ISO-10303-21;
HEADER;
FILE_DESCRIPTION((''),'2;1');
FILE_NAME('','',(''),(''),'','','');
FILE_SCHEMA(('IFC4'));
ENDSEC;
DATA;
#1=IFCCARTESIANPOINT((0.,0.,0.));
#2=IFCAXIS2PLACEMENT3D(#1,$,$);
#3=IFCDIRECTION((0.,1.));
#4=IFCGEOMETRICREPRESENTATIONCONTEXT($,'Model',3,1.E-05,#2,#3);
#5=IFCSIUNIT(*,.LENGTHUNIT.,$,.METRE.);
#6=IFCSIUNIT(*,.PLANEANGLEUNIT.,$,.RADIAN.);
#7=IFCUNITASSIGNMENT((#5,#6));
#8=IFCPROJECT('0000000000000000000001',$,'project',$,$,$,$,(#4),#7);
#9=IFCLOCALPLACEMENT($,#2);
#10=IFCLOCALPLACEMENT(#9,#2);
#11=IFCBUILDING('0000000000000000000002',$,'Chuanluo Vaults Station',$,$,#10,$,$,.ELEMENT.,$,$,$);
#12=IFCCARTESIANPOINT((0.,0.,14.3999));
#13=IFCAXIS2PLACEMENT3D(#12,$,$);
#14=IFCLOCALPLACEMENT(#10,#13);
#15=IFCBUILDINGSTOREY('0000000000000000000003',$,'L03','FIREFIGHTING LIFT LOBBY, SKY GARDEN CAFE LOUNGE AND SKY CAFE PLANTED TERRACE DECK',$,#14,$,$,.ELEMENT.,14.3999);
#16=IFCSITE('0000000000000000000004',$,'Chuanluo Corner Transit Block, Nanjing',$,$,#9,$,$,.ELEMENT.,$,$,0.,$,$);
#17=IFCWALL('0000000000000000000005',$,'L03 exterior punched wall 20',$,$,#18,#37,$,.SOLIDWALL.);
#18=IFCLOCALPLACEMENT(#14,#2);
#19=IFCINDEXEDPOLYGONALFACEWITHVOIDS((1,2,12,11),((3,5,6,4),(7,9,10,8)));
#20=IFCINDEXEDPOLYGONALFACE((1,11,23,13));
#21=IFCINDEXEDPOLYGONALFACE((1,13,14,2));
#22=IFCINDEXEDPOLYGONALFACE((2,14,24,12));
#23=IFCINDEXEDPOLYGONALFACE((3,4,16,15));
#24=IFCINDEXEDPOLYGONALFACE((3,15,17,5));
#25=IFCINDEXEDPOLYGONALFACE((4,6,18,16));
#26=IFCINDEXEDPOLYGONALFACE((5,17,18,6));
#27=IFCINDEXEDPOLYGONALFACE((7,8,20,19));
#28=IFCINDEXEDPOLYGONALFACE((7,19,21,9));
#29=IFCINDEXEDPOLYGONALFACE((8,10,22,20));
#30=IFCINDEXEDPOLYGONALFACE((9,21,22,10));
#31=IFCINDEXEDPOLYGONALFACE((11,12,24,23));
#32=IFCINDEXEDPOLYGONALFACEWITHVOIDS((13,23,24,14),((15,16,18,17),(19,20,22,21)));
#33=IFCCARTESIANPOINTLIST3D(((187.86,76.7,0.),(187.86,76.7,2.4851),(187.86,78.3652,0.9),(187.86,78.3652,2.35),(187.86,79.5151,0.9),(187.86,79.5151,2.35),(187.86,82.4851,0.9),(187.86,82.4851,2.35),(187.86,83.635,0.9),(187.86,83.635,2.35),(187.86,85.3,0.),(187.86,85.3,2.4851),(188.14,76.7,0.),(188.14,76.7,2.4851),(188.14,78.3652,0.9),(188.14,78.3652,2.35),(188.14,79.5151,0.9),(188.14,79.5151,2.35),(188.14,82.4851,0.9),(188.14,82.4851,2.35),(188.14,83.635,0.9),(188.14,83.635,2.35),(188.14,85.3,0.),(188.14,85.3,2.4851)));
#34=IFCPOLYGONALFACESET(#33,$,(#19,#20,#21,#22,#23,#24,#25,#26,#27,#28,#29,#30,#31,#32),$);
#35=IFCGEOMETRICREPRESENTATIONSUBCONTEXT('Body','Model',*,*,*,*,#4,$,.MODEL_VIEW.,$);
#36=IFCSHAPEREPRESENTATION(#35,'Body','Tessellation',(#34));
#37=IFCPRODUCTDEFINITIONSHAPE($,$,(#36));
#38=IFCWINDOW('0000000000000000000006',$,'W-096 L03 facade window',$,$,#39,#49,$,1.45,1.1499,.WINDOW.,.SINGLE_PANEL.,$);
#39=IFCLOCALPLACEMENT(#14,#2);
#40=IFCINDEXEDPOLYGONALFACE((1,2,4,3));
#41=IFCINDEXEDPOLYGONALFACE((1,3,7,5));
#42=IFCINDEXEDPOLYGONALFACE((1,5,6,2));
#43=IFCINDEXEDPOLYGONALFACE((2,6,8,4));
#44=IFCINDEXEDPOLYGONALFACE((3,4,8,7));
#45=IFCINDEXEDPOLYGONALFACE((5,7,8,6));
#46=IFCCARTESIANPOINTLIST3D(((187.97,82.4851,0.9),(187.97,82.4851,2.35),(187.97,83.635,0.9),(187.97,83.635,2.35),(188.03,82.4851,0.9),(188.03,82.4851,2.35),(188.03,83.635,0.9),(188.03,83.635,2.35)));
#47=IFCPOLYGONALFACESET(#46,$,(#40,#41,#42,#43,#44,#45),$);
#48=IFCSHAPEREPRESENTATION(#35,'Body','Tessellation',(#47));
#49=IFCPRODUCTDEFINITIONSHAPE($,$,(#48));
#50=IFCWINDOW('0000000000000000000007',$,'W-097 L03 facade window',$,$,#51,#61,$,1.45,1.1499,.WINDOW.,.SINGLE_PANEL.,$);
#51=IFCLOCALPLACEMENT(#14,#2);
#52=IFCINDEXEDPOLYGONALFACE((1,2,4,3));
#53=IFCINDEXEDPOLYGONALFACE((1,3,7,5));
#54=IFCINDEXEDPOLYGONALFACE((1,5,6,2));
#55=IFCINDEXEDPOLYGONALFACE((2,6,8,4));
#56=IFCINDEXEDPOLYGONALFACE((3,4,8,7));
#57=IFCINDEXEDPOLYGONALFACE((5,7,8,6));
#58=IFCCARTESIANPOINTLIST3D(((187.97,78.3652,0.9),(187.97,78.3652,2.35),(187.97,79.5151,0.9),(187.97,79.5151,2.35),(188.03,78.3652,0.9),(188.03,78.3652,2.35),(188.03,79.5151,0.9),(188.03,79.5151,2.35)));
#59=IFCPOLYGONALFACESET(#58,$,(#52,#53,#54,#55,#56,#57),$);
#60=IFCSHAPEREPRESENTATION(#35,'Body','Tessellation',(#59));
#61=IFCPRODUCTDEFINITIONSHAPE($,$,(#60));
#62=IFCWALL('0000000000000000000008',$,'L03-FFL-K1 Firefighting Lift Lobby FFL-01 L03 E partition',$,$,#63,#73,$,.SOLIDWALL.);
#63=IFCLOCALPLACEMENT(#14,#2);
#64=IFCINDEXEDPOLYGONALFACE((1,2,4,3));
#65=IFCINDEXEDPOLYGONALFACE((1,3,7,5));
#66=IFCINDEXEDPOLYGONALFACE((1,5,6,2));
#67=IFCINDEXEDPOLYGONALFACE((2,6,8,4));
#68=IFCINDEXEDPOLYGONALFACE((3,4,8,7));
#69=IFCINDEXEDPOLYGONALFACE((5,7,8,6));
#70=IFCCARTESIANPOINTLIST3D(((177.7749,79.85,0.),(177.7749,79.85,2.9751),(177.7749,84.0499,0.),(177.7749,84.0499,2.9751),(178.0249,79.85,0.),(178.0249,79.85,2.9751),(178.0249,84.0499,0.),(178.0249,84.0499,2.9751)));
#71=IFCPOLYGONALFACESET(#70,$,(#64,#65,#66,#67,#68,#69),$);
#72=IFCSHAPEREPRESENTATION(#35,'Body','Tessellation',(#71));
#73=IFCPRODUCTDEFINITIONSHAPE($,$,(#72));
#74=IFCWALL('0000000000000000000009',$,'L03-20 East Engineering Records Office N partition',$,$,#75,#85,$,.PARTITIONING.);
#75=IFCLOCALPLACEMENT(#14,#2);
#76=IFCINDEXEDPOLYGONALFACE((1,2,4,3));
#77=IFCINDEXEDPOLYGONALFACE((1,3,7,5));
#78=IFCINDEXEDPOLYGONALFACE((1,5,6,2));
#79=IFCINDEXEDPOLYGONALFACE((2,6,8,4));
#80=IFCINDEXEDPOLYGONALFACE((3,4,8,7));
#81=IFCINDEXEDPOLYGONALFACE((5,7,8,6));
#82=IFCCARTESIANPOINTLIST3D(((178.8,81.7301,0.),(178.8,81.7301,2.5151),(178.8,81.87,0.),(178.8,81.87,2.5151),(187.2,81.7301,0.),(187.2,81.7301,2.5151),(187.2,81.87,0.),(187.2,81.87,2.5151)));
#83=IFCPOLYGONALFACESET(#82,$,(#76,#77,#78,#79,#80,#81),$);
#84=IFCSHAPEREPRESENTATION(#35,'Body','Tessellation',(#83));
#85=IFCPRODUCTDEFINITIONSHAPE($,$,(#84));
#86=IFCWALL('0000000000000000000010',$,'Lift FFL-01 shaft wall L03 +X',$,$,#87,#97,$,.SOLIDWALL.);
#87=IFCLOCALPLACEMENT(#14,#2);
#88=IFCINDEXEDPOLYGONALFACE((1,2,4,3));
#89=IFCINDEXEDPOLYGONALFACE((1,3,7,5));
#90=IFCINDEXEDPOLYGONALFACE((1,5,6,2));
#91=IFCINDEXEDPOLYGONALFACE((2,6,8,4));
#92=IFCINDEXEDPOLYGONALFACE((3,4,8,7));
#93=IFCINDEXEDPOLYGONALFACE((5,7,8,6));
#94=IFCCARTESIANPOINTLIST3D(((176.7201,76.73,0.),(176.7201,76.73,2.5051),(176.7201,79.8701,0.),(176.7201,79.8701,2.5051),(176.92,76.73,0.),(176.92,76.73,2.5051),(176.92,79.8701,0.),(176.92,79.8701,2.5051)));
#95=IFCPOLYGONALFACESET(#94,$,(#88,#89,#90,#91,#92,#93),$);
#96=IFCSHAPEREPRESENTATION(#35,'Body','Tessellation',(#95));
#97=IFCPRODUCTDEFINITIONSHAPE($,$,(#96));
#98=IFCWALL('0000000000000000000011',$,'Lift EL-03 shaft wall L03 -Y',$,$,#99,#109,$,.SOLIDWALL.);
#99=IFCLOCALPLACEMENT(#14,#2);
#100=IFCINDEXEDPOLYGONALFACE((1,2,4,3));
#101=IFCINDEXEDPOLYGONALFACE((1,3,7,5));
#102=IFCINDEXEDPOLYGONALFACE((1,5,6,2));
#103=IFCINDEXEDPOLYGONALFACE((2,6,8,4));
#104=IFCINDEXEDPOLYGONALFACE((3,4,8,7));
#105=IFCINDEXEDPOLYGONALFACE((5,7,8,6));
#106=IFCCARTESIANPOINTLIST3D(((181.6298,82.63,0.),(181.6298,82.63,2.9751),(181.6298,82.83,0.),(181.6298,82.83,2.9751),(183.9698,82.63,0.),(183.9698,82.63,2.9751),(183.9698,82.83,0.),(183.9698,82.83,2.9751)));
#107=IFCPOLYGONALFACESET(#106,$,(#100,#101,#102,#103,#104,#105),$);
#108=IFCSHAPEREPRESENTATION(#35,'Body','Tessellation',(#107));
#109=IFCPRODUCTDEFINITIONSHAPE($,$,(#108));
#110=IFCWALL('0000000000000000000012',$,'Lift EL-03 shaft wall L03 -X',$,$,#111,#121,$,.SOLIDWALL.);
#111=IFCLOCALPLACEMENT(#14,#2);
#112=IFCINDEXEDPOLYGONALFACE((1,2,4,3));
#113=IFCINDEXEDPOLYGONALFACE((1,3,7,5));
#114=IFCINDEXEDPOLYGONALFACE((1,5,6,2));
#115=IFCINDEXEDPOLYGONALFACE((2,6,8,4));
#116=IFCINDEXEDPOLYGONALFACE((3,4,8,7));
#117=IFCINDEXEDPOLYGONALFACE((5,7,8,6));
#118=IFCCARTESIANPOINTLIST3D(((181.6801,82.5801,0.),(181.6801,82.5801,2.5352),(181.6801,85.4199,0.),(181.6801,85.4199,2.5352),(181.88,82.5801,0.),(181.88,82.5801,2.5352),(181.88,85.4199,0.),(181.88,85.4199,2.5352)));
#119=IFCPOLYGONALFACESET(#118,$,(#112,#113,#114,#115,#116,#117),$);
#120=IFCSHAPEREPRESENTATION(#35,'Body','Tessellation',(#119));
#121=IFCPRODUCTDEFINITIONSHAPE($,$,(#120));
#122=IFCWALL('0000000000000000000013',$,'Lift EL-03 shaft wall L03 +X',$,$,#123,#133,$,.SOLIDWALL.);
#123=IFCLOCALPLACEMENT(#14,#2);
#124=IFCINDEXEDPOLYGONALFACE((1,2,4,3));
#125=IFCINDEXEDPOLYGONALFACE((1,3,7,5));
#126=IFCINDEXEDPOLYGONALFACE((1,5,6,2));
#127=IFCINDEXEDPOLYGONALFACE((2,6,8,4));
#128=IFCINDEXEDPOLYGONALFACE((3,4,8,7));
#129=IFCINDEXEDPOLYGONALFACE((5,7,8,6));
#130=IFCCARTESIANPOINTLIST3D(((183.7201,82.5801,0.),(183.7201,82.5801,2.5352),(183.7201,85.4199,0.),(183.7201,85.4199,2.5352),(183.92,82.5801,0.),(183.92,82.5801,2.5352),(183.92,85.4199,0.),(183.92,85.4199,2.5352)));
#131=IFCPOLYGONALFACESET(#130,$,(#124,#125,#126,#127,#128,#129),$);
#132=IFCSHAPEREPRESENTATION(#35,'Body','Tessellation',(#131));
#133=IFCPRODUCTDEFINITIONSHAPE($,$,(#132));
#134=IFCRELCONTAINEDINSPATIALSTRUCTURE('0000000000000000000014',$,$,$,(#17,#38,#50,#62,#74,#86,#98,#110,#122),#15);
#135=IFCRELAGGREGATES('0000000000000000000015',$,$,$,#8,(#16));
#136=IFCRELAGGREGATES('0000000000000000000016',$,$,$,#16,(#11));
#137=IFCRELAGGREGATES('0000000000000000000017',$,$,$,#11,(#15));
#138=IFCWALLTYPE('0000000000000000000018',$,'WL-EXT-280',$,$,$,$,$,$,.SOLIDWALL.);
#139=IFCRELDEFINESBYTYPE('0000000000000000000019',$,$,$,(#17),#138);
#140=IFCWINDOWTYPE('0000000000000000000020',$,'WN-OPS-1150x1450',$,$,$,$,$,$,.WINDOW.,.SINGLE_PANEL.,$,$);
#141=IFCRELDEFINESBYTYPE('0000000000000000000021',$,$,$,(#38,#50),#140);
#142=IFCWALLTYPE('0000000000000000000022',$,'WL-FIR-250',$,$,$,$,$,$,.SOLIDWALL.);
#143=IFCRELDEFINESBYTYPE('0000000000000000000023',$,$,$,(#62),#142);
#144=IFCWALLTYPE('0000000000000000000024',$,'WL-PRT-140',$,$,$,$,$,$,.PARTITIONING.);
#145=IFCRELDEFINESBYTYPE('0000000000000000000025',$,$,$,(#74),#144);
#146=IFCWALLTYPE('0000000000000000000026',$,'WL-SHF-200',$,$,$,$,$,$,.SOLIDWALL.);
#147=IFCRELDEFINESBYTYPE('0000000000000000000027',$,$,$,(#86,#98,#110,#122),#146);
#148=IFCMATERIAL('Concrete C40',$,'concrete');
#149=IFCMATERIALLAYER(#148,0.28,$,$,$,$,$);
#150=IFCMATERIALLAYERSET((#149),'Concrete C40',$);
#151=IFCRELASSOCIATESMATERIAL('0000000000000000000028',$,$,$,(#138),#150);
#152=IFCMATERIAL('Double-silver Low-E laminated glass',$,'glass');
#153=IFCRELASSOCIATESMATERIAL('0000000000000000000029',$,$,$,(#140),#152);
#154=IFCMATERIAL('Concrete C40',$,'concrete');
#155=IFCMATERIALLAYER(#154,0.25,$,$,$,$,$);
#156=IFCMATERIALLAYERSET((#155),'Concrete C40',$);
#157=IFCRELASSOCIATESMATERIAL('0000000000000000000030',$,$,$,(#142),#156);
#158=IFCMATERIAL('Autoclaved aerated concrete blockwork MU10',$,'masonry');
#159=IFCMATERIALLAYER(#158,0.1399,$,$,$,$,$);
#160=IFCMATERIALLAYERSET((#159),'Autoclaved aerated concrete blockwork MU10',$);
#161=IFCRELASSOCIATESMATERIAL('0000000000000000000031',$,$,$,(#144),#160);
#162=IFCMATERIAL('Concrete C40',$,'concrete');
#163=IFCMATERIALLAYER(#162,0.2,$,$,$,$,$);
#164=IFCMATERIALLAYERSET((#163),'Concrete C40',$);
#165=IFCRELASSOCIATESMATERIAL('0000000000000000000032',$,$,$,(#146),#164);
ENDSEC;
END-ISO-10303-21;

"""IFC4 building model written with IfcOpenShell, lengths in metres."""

from ifc_helpers import new_model, si_unit, direction, frame, frame_2d, origin, place, context, subcontext, project, spatial, rectangle, extrude, material, layer, layer_set, type_object, element, fill, save


model = new_model("IFC4")

# Units and contexts
model_context = context("Model", 3, precision=1e-05, world=origin(), true_north=direction((0.0, 1.0)))
body_context = subcontext(model_context, "Body", "Model", "MODEL_VIEW")
ifc_project = project(units=[si_unit("LENGTHUNIT", "METRE"), si_unit("PLANEANGLEUNIT", "RADIAN")], contexts=[model_context])

# Site, building, storey
site_placement = place(None, origin())
site = spatial("IfcSite", under=ifc_project, at=site_placement, Name="Chuanluo Corner Transit Block, Nanjing", CompositionType="ELEMENT", RefElevation=0.0)
building_placement = place(site_placement, origin())
building = spatial("IfcBuilding", under=site, at=building_placement, Name="Chuanluo Vaults Station", CompositionType="ELEMENT")
storey_placement = place(building_placement, frame((0.0, 0.0, 14.3999)))
storey = spatial("IfcBuildingStorey", under=building, at=storey_placement, Name="L03", Description="FIREFIGHTING LIFT LOBBY, SKY GARDEN CAFE LOUNGE AND SKY CAFE PLANTED TERRACE DECK", CompositionType="ELEMENT", Elevation=14.3999)

# Wall, openings, windows
ifc_material_1 = material(Name="Concrete C40", Category="concrete")
ifc_layer_1 = layer(ifc_material_1, 0.28)
ifc_layer_set_1 = layer_set([ifc_layer_1], Name="Concrete C40")
wall_type_1 = type_object("IfcWallType", Name="WL-EXT-280", PredefinedType="SOLIDWALL", material=ifc_layer_set_1)
wall_1_placement = place(storey_placement, frame((188.0, 85.3, 0.0), z_axis=(0.0, 0.0, 1.0), x_axis=(0.0, -1.0, 0.0)))
wall_1 = element("IfcWall", 1, at=wall_1_placement, inside=storey, type_object=wall_type_1, Name="L03 exterior punched wall 20", PredefinedType="SOLIDWALL", context=body_context, shape_type="SweptSolid", body=[
    extrude(rectangle(XDim=8.6001, YDim=0.28, at=frame_2d((4.3, 0.0))), origin(), (0.0, 0.0, 1.0), 2.4851),
])
opening_1_placement = place(wall_1_placement, frame((1.665, 0.0, 0.8999)))
opening_1 = element("IfcOpeningElement", 2, at=opening_1_placement, cuts=wall_1, PredefinedType="OPENING", context=body_context, shape_type="SweptSolid", body=[
    extrude(rectangle(XDim=1.1499, YDim=1.45, at=frame_2d((0.575, 0.7251))), frame((0.0, 0.1501, 0.0), z_axis=(0.0, -1.0, 0.0), x_axis=(1.0, 0.0, 0.0)), (0.0, 0.0, 1.0), 0.3),
])
opening_2_placement = place(wall_1_placement, frame((5.7849, 0.0, 0.8999)))
opening_2 = element("IfcOpeningElement", 3, at=opening_2_placement, cuts=wall_1, PredefinedType="OPENING", context=body_context, shape_type="SweptSolid", body=[
    extrude(rectangle(XDim=1.1499, YDim=1.45, at=frame_2d((0.575, 0.7251))), frame((0.0, 0.1501, 0.0), z_axis=(0.0, -1.0, 0.0), x_axis=(1.0, 0.0, 0.0)), (0.0, 0.0, 1.0), 0.3),
])
ifc_material_2 = material(Name="Double-silver Low-E laminated glass", Category="glass")
window_type = type_object("IfcWindowType", Name="WN-OPS-1150x1450", PartitioningType="SINGLE_PANEL", PredefinedType="WINDOW", material=ifc_material_2)
window_1_placement = place(opening_1_placement, origin())
window_1 = element("IfcWindow", 4, at=window_1_placement, inside=storey, type_object=window_type, Name="W-096 L03 facade window", OverallHeight=1.45, OverallWidth=1.1499, PartitioningType="SINGLE_PANEL", PredefinedType="WINDOW", context=body_context, shape_type="SweptSolid", body=[
    extrude(rectangle(XDim=1.1499, YDim=1.45, at=frame_2d((0.575, 0.7251))), frame((0.0, 0.03, 0.0), z_axis=(0.0, -1.0, 0.0), x_axis=(1.0, 0.0, 0.0)), (0.0, 0.0, 1.0), 0.0601),
])
fill(opening_1, window_1)
window_2_placement = place(opening_2_placement, origin())
window_2 = element("IfcWindow", 5, at=window_2_placement, inside=storey, type_object=window_type, Name="W-097 L03 facade window", OverallHeight=1.45, OverallWidth=1.1499, PartitioningType="SINGLE_PANEL", PredefinedType="WINDOW", context=body_context, shape_type="SweptSolid", body=[
    extrude(rectangle(XDim=1.1499, YDim=1.45, at=frame_2d((0.575, 0.7251))), frame((0.0, 0.03, 0.0), z_axis=(0.0, -1.0, 0.0), x_axis=(1.0, 0.0, 0.0)), (0.0, 0.0, 1.0), 0.0601),
])
fill(opening_2, window_2)

# Walls
ifc_material_3 = material(Name="Concrete C40", Category="concrete")
ifc_layer_2 = layer(ifc_material_3, 0.25)
ifc_layer_set_2 = layer_set([ifc_layer_2], Name="Concrete C40")
wall_type_2 = type_object("IfcWallType", Name="WL-FIR-250", PredefinedType="SOLIDWALL", material=ifc_layer_set_2)
wall_2_placement = place(storey_placement, frame((177.8999, 84.05, 0.0), z_axis=(0.0, 0.0, 1.0), x_axis=(0.0, -1.0, 0.0)))
element("IfcWall", 6, at=wall_2_placement, inside=storey, type_object=wall_type_2, Name="L03-FFL-K1 Firefighting Lift Lobby FFL-01 L03 E partition", PredefinedType="SOLIDWALL", context=body_context, shape_type="SweptSolid", body=[
    extrude(rectangle(XDim=4.2, YDim=0.25, at=frame_2d((2.1001, 0.0))), origin(), (0.0, 0.0, 1.0), 2.9751),
])
ifc_material_4 = material(Name="Autoclaved aerated concrete blockwork MU10", Category="masonry")
ifc_layer_3 = layer(ifc_material_4, 0.1399)
ifc_layer_set_3 = layer_set([ifc_layer_3], Name="Autoclaved aerated concrete blockwork MU10")
wall_type_3 = type_object("IfcWallType", Name="WL-PRT-140", PredefinedType="PARTITIONING", material=ifc_layer_set_3)
wall_3_placement = place(storey_placement, frame((178.8, 81.8, 0.0), z_axis=(0.0, 0.0, 1.0), x_axis=(1.0, 0.0, 0.0)))
element("IfcWall", 7, at=wall_3_placement, inside=storey, type_object=wall_type_3, Name="L03-20 East Engineering Records Office N partition", PredefinedType="PARTITIONING", context=body_context, shape_type="SweptSolid", body=[
    extrude(rectangle(XDim=8.3999, YDim=0.1399, at=frame_2d((4.2, 0.0))), origin(), (0.0, 0.0, 1.0), 2.5151),
])

# Shared definitions
ifc_material_5 = material(Name="Concrete C40", Category="concrete")
ifc_layer_4 = layer(ifc_material_5, 0.2)
ifc_layer_set_4 = layer_set([ifc_layer_4], Name="Concrete C40")
wall_type_4 = type_object("IfcWallType", Name="WL-SHF-200", PredefinedType="SOLIDWALL", material=ifc_layer_set_4)

# Walls
wall_4_placement = place(storey_placement, frame((176.8201, 76.73, 0.0), z_axis=(0.0, 0.0, 1.0), x_axis=(0.0, 1.0, 0.0)))
element("IfcWall", 8, at=wall_4_placement, inside=storey, type_object=wall_type_4, Name="Lift FFL-01 shaft wall L03 +X", PredefinedType="SOLIDWALL", context=body_context, shape_type="SweptSolid", body=[
    extrude(rectangle(XDim=3.1401, YDim=0.2, at=frame_2d((1.5701, 0.0))), origin(), (0.0, 0.0, 1.0), 2.5051),
])
wall_5_placement = place(storey_placement, frame((181.6299, 82.73, 0.0), z_axis=(0.0, 0.0, 1.0), x_axis=(1.0, 0.0, 0.0)))
element("IfcWall", 9, at=wall_5_placement, inside=storey, type_object=wall_type_4, Name="Lift EL-03 shaft wall L03 -Y", PredefinedType="SOLIDWALL", context=body_context, shape_type="SweptSolid", body=[
    extrude(rectangle(XDim=2.3401, YDim=0.2, at=frame_2d((1.1699, 0.0))), origin(), (0.0, 0.0, 1.0), 2.9751),
])

# Walls
for number, where, z_axis, x_axis, name in (
    (10, (181.78, 85.4199, 0.0), (0.0, 0.0, 1.0), (0.0, -1.0, 0.0), "Lift EL-03 shaft wall L03 -X"),
    (11, (183.8201, 82.5801, 0.0), (0.0, 0.0, 1.0), (0.0, 1.0, 0.0), "Lift EL-03 shaft wall L03 +X"),
):
    element("IfcWall", number, at=place(storey_placement, frame(where, z_axis=z_axis, x_axis=x_axis)), inside=storey, type_object=wall_type_4, Name=name, PredefinedType="SOLIDWALL", context=body_context, shape_type="SweptSolid", body=[
        extrude(rectangle(XDim=2.8398, YDim=0.2, at=frame_2d((1.4199, 0.0))), origin(), (0.0, 0.0, 1.0), 2.5352),
    ])

save(model, "model.ifc")
